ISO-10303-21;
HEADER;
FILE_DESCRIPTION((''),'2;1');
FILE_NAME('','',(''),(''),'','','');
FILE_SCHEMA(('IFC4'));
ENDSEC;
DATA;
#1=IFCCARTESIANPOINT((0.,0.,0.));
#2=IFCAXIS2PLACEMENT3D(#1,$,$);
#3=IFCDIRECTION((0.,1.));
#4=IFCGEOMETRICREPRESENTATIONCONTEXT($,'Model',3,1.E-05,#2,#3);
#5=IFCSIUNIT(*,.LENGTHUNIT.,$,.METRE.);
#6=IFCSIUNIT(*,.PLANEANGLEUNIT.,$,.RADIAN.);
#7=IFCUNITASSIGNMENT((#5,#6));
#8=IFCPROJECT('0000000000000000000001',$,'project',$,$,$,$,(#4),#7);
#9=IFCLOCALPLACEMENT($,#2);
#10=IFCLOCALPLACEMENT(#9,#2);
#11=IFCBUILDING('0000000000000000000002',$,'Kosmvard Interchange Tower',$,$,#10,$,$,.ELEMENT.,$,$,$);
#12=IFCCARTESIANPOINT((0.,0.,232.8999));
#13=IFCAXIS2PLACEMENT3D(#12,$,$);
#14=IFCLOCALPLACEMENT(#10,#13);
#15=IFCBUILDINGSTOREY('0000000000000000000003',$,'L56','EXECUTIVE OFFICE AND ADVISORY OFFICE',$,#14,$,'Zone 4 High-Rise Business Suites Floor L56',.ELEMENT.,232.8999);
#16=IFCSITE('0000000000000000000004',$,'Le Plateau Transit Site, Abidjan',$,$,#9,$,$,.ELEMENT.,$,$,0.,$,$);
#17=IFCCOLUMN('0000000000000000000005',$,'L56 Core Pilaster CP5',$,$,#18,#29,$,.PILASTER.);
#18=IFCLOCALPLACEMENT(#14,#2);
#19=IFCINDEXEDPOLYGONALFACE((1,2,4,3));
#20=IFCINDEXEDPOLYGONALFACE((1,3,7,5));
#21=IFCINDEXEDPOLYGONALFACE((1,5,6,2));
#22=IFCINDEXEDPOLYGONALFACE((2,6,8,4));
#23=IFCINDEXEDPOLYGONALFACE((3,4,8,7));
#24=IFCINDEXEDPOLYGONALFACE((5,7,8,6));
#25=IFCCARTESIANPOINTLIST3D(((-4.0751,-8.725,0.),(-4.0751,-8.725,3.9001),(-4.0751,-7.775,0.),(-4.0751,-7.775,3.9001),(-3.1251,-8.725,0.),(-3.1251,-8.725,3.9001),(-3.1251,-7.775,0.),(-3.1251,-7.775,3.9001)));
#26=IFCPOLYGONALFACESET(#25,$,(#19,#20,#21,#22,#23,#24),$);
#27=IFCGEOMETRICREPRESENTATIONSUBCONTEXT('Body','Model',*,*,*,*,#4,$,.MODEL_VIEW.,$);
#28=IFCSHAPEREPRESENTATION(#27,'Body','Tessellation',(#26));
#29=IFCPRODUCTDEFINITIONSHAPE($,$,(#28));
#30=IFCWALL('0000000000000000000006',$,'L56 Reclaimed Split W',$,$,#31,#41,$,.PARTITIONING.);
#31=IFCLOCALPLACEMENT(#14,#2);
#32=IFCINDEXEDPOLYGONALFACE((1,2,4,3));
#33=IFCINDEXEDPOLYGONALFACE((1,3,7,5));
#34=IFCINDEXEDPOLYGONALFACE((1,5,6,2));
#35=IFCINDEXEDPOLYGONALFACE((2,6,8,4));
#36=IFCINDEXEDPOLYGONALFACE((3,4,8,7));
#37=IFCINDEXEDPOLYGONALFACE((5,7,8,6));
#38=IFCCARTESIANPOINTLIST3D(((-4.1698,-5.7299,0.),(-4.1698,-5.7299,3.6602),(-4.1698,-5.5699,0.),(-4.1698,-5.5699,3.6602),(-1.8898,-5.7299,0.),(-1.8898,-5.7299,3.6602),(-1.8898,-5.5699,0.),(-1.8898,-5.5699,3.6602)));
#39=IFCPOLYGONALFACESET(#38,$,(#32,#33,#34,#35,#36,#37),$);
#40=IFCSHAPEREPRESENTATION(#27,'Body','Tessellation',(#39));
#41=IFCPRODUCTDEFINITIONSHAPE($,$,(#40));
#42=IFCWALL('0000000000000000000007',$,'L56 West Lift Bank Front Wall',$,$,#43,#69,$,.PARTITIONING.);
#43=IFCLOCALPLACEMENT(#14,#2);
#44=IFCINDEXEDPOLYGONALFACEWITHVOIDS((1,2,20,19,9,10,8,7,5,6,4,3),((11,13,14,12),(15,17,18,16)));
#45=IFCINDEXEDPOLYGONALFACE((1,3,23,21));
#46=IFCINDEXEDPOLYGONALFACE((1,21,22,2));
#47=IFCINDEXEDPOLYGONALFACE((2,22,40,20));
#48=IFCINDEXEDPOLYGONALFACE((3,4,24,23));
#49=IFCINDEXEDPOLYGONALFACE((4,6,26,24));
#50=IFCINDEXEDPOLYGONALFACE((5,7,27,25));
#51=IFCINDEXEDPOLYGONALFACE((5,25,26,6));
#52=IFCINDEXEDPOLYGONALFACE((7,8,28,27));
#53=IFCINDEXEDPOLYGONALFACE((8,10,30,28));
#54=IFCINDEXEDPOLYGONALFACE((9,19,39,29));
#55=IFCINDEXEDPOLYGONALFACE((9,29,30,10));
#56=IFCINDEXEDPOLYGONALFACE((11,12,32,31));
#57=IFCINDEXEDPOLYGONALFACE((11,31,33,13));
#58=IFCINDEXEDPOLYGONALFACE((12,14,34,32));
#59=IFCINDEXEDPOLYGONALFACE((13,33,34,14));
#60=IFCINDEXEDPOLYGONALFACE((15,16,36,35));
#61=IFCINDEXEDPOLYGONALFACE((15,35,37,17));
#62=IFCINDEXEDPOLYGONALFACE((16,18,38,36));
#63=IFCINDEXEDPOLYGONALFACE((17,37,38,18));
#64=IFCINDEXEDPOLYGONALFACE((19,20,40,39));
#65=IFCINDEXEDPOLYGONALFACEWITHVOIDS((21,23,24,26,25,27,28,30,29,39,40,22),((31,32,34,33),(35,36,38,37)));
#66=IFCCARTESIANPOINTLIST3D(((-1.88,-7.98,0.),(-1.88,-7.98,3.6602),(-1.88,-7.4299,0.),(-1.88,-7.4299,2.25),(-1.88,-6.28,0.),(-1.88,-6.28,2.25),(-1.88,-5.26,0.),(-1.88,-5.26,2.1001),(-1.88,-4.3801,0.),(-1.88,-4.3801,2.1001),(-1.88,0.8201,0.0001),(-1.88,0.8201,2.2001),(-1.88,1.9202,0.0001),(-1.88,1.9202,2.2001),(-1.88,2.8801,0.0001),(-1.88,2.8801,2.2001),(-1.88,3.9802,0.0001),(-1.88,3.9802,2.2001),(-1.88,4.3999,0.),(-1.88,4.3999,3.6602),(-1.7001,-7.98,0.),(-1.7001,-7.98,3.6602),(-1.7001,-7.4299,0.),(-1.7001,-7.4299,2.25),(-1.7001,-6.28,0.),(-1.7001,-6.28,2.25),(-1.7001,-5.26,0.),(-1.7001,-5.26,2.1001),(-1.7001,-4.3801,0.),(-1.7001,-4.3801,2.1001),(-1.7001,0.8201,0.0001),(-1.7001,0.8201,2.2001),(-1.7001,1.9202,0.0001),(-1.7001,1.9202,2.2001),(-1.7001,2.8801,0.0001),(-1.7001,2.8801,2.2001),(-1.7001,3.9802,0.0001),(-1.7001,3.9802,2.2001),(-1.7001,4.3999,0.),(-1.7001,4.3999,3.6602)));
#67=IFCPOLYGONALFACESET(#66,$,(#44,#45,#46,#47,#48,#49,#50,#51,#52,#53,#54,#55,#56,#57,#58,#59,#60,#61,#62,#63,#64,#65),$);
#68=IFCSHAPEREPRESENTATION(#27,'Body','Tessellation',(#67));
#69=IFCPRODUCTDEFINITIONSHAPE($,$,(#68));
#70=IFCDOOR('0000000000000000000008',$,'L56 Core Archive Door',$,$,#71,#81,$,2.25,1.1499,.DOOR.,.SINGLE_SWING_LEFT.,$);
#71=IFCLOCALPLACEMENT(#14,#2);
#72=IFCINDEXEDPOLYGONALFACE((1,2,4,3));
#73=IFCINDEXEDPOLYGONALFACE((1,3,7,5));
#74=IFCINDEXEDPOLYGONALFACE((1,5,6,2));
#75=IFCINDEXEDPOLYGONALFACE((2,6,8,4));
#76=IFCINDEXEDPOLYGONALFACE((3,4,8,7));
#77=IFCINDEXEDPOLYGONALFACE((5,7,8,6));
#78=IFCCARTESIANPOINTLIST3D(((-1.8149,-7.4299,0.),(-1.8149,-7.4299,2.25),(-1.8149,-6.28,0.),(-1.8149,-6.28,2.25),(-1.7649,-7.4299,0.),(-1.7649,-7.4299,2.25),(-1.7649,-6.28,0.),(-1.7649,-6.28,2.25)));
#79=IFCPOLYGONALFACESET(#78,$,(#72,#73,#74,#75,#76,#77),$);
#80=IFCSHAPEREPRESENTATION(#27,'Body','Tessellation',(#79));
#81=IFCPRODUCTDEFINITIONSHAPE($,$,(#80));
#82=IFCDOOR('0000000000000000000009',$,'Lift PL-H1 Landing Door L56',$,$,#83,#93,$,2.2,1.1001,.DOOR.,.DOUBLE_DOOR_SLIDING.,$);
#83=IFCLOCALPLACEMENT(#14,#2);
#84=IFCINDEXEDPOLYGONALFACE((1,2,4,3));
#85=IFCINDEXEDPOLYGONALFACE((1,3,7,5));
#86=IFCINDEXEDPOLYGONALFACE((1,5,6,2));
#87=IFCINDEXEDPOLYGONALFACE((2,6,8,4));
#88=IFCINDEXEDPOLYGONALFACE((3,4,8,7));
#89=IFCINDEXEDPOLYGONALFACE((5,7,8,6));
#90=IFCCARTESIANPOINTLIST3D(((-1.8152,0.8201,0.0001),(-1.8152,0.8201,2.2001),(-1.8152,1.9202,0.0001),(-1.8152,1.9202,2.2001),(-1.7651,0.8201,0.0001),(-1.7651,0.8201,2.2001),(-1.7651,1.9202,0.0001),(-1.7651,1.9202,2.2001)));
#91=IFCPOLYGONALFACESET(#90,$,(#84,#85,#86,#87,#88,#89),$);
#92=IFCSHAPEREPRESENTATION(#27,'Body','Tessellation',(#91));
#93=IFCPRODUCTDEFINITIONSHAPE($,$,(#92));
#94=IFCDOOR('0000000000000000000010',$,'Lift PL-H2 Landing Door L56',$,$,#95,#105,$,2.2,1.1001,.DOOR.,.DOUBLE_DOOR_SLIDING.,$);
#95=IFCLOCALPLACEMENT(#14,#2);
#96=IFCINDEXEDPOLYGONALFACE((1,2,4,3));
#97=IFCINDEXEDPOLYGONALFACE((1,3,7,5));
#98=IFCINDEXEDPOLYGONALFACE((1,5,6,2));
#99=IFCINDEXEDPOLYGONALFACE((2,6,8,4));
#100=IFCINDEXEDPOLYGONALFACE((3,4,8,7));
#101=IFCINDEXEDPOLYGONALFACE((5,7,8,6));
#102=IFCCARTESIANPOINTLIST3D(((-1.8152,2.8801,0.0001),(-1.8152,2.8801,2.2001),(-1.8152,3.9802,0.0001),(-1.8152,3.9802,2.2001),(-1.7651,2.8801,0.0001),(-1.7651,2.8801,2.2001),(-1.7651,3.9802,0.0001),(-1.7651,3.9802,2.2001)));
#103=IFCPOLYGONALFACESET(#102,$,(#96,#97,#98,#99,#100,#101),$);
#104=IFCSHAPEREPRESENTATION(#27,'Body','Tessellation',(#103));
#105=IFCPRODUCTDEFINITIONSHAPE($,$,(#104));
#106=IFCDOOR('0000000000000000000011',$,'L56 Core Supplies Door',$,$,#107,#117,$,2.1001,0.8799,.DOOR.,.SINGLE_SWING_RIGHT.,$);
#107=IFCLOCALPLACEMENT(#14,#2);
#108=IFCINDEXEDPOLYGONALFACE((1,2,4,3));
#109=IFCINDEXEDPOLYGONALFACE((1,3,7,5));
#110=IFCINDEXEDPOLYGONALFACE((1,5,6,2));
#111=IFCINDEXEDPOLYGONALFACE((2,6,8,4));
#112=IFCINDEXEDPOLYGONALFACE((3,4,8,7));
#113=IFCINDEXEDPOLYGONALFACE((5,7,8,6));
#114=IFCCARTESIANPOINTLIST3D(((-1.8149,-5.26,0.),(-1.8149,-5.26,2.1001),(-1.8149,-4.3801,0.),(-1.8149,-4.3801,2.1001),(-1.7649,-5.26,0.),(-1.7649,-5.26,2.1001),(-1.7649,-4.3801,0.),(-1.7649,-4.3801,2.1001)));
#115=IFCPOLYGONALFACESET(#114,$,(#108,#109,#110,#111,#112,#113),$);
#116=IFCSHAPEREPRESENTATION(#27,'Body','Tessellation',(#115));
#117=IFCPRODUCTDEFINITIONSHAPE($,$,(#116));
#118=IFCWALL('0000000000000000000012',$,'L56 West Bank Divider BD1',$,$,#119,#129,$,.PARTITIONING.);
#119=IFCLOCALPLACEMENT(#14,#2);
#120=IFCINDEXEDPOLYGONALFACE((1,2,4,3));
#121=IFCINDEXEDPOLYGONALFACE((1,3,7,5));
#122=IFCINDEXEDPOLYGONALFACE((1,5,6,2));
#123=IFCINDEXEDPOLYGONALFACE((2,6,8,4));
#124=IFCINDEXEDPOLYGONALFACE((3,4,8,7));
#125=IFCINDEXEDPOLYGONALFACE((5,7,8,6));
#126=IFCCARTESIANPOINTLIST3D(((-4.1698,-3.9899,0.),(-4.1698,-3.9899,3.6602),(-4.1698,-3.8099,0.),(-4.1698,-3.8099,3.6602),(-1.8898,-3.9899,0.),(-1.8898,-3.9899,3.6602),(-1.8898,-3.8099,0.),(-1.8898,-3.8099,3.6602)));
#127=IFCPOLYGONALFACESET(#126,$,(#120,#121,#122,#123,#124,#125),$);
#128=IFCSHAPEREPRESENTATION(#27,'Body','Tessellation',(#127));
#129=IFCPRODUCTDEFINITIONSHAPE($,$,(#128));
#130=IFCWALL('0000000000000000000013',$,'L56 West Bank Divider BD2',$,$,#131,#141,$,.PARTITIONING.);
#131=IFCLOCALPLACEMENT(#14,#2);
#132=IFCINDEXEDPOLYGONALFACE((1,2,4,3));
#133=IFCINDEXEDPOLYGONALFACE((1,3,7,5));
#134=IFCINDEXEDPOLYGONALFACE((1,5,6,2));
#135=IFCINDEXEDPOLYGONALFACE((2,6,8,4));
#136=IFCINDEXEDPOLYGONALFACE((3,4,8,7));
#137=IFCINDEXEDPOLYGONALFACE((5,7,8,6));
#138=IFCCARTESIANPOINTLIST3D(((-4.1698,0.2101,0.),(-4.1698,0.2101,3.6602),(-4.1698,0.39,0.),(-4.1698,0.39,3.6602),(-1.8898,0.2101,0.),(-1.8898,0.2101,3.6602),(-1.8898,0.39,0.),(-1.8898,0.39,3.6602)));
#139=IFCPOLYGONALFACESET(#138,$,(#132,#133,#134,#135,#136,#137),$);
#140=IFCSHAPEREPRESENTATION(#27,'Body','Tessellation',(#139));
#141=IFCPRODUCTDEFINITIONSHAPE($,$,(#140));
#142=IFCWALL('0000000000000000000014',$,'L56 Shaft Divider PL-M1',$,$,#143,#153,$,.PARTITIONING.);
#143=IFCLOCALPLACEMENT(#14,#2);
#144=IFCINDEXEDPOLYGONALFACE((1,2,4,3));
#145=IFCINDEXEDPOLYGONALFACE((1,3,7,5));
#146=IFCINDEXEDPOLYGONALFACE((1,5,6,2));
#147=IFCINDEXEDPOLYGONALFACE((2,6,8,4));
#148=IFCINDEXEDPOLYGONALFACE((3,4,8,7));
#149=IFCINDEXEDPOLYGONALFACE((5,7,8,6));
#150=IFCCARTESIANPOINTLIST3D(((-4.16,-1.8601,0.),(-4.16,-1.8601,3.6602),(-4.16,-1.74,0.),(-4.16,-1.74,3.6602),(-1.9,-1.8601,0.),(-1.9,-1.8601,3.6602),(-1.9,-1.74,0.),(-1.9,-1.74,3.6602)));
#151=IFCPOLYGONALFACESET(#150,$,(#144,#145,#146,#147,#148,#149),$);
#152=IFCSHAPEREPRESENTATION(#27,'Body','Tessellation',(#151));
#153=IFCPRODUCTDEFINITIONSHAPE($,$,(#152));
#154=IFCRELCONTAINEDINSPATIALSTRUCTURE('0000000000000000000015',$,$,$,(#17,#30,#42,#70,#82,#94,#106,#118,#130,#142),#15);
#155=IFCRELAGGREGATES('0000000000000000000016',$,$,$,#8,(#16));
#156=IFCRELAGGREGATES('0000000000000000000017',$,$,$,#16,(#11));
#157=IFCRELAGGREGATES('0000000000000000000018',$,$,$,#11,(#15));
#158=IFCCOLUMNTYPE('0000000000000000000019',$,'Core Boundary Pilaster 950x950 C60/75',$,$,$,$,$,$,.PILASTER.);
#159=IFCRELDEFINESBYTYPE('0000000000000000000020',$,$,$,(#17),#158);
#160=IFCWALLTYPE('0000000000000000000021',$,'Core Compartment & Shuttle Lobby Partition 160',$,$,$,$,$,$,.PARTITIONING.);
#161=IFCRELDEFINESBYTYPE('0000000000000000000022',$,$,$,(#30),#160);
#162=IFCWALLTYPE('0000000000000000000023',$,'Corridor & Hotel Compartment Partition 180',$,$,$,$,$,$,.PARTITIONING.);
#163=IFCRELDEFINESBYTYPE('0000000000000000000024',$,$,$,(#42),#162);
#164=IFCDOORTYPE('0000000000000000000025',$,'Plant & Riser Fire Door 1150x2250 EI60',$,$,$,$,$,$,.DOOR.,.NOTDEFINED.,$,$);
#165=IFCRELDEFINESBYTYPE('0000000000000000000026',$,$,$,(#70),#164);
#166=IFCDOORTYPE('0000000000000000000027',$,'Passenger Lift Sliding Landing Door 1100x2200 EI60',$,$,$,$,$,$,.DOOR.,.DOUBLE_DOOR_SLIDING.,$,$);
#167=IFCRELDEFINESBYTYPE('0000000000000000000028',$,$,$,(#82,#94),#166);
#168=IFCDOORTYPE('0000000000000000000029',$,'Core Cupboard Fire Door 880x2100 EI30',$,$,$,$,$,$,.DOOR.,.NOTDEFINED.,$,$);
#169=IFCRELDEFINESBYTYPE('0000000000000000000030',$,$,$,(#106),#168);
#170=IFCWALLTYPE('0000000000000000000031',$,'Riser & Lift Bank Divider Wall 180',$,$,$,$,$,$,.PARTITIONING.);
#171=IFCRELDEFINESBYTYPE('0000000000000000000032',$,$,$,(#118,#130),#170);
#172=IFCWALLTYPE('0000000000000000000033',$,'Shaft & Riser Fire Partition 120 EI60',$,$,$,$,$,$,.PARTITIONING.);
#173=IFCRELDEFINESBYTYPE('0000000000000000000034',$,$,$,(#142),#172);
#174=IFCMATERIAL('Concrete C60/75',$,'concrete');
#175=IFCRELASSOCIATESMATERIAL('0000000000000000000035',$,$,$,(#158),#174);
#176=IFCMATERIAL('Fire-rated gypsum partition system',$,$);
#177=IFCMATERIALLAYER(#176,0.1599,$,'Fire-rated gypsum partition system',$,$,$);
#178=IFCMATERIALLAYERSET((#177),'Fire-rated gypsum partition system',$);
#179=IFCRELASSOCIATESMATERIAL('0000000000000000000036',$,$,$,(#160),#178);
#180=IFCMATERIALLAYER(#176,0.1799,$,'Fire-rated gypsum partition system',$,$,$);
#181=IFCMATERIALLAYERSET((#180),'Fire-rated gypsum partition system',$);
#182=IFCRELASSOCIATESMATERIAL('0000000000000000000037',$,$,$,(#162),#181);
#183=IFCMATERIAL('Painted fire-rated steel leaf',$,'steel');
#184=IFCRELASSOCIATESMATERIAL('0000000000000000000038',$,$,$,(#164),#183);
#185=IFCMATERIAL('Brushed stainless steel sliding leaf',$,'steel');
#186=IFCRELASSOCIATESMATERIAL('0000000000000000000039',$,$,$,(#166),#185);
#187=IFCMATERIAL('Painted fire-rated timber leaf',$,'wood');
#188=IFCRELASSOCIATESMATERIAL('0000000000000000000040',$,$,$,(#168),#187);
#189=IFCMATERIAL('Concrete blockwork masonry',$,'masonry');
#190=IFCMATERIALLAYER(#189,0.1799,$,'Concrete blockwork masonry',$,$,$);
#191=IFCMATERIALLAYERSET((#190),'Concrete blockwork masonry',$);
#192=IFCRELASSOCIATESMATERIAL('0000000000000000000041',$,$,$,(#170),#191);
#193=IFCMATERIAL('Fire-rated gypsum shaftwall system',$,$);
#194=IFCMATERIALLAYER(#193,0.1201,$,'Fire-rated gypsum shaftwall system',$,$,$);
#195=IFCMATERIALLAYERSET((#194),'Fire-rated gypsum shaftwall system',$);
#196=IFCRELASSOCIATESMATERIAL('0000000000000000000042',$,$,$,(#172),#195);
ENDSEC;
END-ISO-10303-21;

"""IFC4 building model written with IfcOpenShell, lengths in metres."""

from ifc_helpers import new_model, si_unit, direction, frame, frame_2d, origin, origin_2d, place, context, subcontext, project, spatial, rectangle, extrude, source, transform, mapped, material, layer, layer_set, material_profile, profile_set, type_object, element, fill, save


model = new_model("IFC4")

# Units and contexts
model_context = context("Model", 3, precision=1e-05, world=origin(), true_north=direction((0.0, 1.0)))
body_context = subcontext(model_context, "Body", "Model", "MODEL_VIEW")
ifc_project = project(units=[si_unit("LENGTHUNIT", "METRE"), si_unit("PLANEANGLEUNIT", "RADIAN")], contexts=[model_context])

# Site, building, storey
site_placement = place(None, origin())
site = spatial("IfcSite", under=ifc_project, at=site_placement, Name="Le Plateau Transit Site, Abidjan", CompositionType="ELEMENT", RefElevation=0.0)
building_placement = place(site_placement, origin())
building = spatial("IfcBuilding", under=site, at=building_placement, Name="Kosmvard Interchange Tower", CompositionType="ELEMENT")
storey_placement = place(building_placement, frame((0.0, 0.0, 232.8999)))
storey = spatial("IfcBuildingStorey", under=building, at=storey_placement, Name="L56", Description="EXECUTIVE OFFICE AND ADVISORY OFFICE", LongName="Zone 4 High-Rise Business Suites Floor L56", CompositionType="ELEMENT", Elevation=232.8999)

# Column
ifc_material_1 = material(Name="Concrete C60/75", Category="concrete")
ifc_material_profile = material_profile(ifc_material_1, rectangle(XDim=0.95, YDim=0.95, at=origin_2d()), Name="CP 950x950")
ifc_profile_set = profile_set([ifc_material_profile], Name="Concrete C60/75")
column_type = type_object("IfcColumnType", Name="Core Boundary Pilaster 950x950 C60/75", PredefinedType="PILASTER", material=ifc_profile_set)
shared_shape_1 = source(origin(), body_context, "Body", "SweptSolid", [
    extrude(rectangle(XDim=0.95, YDim=0.95, at=origin_2d()), origin(), (0.0, 0.0, 1.0), 3.9001),
])
column_placement = place(storey_placement, frame((-3.6001, -8.25, 0.0), z_axis=(0.0, 0.0, 1.0), x_axis=(1.0, 0.0, 0.0)))
element("IfcColumn", 1, at=column_placement, inside=storey, type_object=column_type, Name="L56 Core Pilaster CP5", PredefinedType="PILASTER", context=body_context, shape_type="MappedRepresentation", body=[
    mapped(shared_shape_1, transform((0.0, 0.0, 0.0), scale=1.0)),
])

# Wall
ifc_material_2 = material(Name="Fire-rated gypsum partition system")
ifc_layer_1 = layer(ifc_material_2, 0.1599, Name="Fire-rated gypsum partition system")
ifc_layer_set_1 = layer_set([ifc_layer_1], Name="Fire-rated gypsum partition system")
wall_type_1 = type_object("IfcWallType", Name="Core Compartment & Shuttle Lobby Partition 160", PredefinedType="PARTITIONING", material=ifc_layer_set_1)
wall_1_placement = place(storey_placement, frame((-4.1699, -5.6499, 0.0), z_axis=(0.0, 0.0, 1.0), x_axis=(1.0, 0.0, 0.0)))
element("IfcWall", 2, at=wall_1_placement, inside=storey, type_object=wall_type_1, Name="L56 Reclaimed Split W", PredefinedType="PARTITIONING", context=body_context, shape_type="SweptSolid", body=[
    extrude(rectangle(XDim=2.28, YDim=0.1599, at=frame_2d((1.1401, 0.0))), origin(), (0.0, 0.0, 1.0), 3.6602),
])

# Wall, openings, doors
ifc_layer_2 = layer(ifc_material_2, 0.1799, Name="Fire-rated gypsum partition system")
ifc_layer_set_2 = layer_set([ifc_layer_2], Name="Fire-rated gypsum partition system")
wall_type_2 = type_object("IfcWallType", Name="Corridor & Hotel Compartment Partition 180", PredefinedType="PARTITIONING", material=ifc_layer_set_2)
wall_2_placement = place(storey_placement, frame((-1.79, -7.98, 0.0), z_axis=(0.0, 0.0, 1.0), x_axis=(0.0, 1.0, 0.0)))
wall_2 = element("IfcWall", 3, at=wall_2_placement, inside=storey, type_object=wall_type_2, Name="L56 West Lift Bank Front Wall", PredefinedType="PARTITIONING", context=body_context, shape_type="SweptSolid", body=[
    extrude(rectangle(XDim=12.3799, YDim=0.1799, at=frame_2d((6.1899, 0.0))), origin(), (0.0, 0.0, 1.0), 3.6602),
])
opening_1_placement = place(wall_2_placement, frame((8.8, 0.0, 0.0)))
opening_1 = element("IfcOpeningElement", 4, at=opening_1_placement, cuts=wall_2, PredefinedType="OPENING", context=body_context, shape_type="SweptSolid", body=[
    extrude(rectangle(XDim=1.1001, YDim=2.2, at=frame_2d((0.55, 1.1001))), frame((0.0, 0.1001, 0.0), z_axis=(0.0, -1.0, 0.0), x_axis=(1.0, 0.0, 0.0)), (0.0, 0.0, 1.0), 0.2),
])
opening_2_placement = place(wall_2_placement, frame((10.8601, 0.0, 0.0)))
opening_2 = element("IfcOpeningElement", 5, at=opening_2_placement, cuts=wall_2, PredefinedType="OPENING", context=body_context, shape_type="SweptSolid", body=[
    extrude(rectangle(XDim=1.1001, YDim=2.2, at=frame_2d((0.55, 1.1001))), frame((0.0, 0.1001, 0.0), z_axis=(0.0, -1.0, 0.0), x_axis=(1.0, 0.0, 0.0)), (0.0, 0.0, 1.0), 0.2),
])
opening_3_placement = place(wall_2_placement, frame((0.55, 0.0, 0.0)))
opening_3 = element("IfcOpeningElement", 6, at=opening_3_placement, cuts=wall_2, PredefinedType="OPENING", context=body_context, shape_type="SweptSolid", body=[
    extrude(rectangle(XDim=1.1499, YDim=2.25, at=frame_2d((0.575, 1.125))), frame((0.0, 0.1001, 0.0), z_axis=(0.0, -1.0, 0.0), x_axis=(1.0, 0.0, 0.0)), (0.0, 0.0, 1.0), 0.2),
])
opening_4_placement = place(wall_2_placement, frame((2.72, 0.0, 0.0)))
opening_4 = element("IfcOpeningElement", 7, at=opening_4_placement, cuts=wall_2, PredefinedType="OPENING", context=body_context, shape_type="SweptSolid", body=[
    extrude(rectangle(XDim=0.8799, YDim=2.1001, at=frame_2d((0.4399, 1.05))), frame((0.0, 0.1001, 0.0), z_axis=(0.0, -1.0, 0.0), x_axis=(1.0, 0.0, 0.0)), (0.0, 0.0, 1.0), 0.2),
])
ifc_material_3 = material(Name="Painted fire-rated steel leaf", Category="steel")
door_type_1 = type_object("IfcDoorType", Name="Plant & Riser Fire Door 1150x2250 EI60", OperationType="NOTDEFINED", PredefinedType="DOOR", material=ifc_material_3)
shared_shape_2 = source(origin(), body_context, "Body", "SweptSolid", [
    extrude(rectangle(XDim=1.1499, YDim=2.25, at=frame_2d((0.575, 1.125))), frame((0.0, 0.0249, 0.0), z_axis=(0.0, -1.0, 0.0), x_axis=(1.0, 0.0, 0.0)), (0.0, 0.0, 1.0), 0.05),
])
door_1_placement = place(opening_3_placement, origin())
door_1 = element("IfcDoor", 8, at=door_1_placement, inside=storey, type_object=door_type_1, Name="L56 Core Archive Door", OperationType="SINGLE_SWING_LEFT", OverallHeight=2.25, OverallWidth=1.1499, PredefinedType="DOOR", context=body_context, shape_type="MappedRepresentation", body=[
    mapped(shared_shape_2, transform((0.0, 0.0, 0.0), scale=1.0)),
])
fill(opening_3, door_1)
ifc_material_4 = material(Name="Brushed stainless steel sliding leaf", Category="steel")
door_type_2 = type_object("IfcDoorType", Name="Passenger Lift Sliding Landing Door 1100x2200 EI60", OperationType="DOUBLE_DOOR_SLIDING", PredefinedType="DOOR", material=ifc_material_4)
shared_shape_3 = source(origin(), body_context, "Body", "SweptSolid", [
    extrude(rectangle(XDim=1.1001, YDim=2.2, at=frame_2d((0.55, 1.1001))), frame((0.0, 0.0249, 0.0), z_axis=(0.0, -1.0, 0.0), x_axis=(1.0, 0.0, 0.0)), (0.0, 0.0, 1.0), 0.05),
])
door_2_placement = place(opening_1_placement, frame((1.1001, 0.0, 0.0), z_axis=(0.0, 0.0, 1.0), x_axis=(-1.0, 0.0, 0.0)))
door_2 = element("IfcDoor", 9, at=door_2_placement, inside=storey, type_object=door_type_2, Name="Lift PL-H1 Landing Door L56", OperationType="DOUBLE_DOOR_SLIDING", OverallHeight=2.2, OverallWidth=1.1001, PredefinedType="DOOR", context=body_context, shape_type="MappedRepresentation", body=[
    mapped(shared_shape_3, transform((0.0, 0.0, 0.0), scale=1.0)),
])
fill(opening_1, door_2)
door_3_placement = place(opening_2_placement, frame((1.1001, 0.0, 0.0), z_axis=(0.0, 0.0, 1.0), x_axis=(-1.0, 0.0, 0.0)))
door_3 = element("IfcDoor", 10, at=door_3_placement, inside=storey, type_object=door_type_2, Name="Lift PL-H2 Landing Door L56", OperationType="DOUBLE_DOOR_SLIDING", OverallHeight=2.2, OverallWidth=1.1001, PredefinedType="DOOR", context=body_context, shape_type="MappedRepresentation", body=[
    mapped(shared_shape_3, transform((0.0, 0.0, 0.0), scale=1.0)),
])
fill(opening_2, door_3)
ifc_material_5 = material(Name="Painted fire-rated timber leaf", Category="wood")
door_type_3 = type_object("IfcDoorType", Name="Core Cupboard Fire Door 880x2100 EI30", OperationType="NOTDEFINED", PredefinedType="DOOR", material=ifc_material_5)
shared_shape_4 = source(origin(), body_context, "Body", "SweptSolid", [
    extrude(rectangle(XDim=0.8799, YDim=2.1001, at=frame_2d((0.4399, 1.05))), frame((0.0, 0.0249, 0.0), z_axis=(0.0, -1.0, 0.0), x_axis=(1.0, 0.0, 0.0)), (0.0, 0.0, 1.0), 0.05),
])
door_4_placement = place(opening_4_placement, origin())
door_4 = element("IfcDoor", 11, at=door_4_placement, inside=storey, type_object=door_type_3, Name="L56 Core Supplies Door", OperationType="SINGLE_SWING_RIGHT", OverallHeight=2.1001, OverallWidth=0.8799, PredefinedType="DOOR", context=body_context, shape_type="MappedRepresentation", body=[
    mapped(shared_shape_4, transform((0.0, 0.0, 0.0), scale=1.0)),
])
fill(opening_4, door_4)

# Walls
ifc_material_6 = material(Name="Concrete blockwork masonry", Category="masonry")
ifc_layer_3 = layer(ifc_material_6, 0.1799, Name="Concrete blockwork masonry")
ifc_layer_set_3 = layer_set([ifc_layer_3], Name="Concrete blockwork masonry")
wall_type_3 = type_object("IfcWallType", Name="Riser & Lift Bank Divider Wall 180", PredefinedType="PARTITIONING", material=ifc_layer_set_3)
for number, where, z_axis, x_axis, name in (
    (12, (-4.1699, -3.8999, 0.0), (0.0, 0.0, 1.0), (1.0, 0.0, 0.0), "L56 West Bank Divider BD1"),
    (13, (-4.1699, 0.3, 0.0), (0.0, 0.0, 1.0), (1.0, 0.0, 0.0), "L56 West Bank Divider BD2"),
):
    element("IfcWall", number, at=place(storey_placement, frame(where, z_axis=z_axis, x_axis=x_axis)), inside=storey, type_object=wall_type_3, Name=name, PredefinedType="PARTITIONING", context=body_context, shape_type="SweptSolid", body=[
        extrude(rectangle(XDim=2.28, YDim=0.1799, at=frame_2d((1.1401, 0.0))), origin(), (0.0, 0.0, 1.0), 3.6602),
    ])
ifc_material_7 = material(Name="Fire-rated gypsum shaftwall system")
ifc_layer_4 = layer(ifc_material_7, 0.1201, Name="Fire-rated gypsum shaftwall system")
ifc_layer_set_4 = layer_set([ifc_layer_4], Name="Fire-rated gypsum shaftwall system")
wall_type_4 = type_object("IfcWallType", Name="Shaft & Riser Fire Partition 120 EI60", PredefinedType="PARTITIONING", material=ifc_layer_set_4)
wall_3_placement = place(storey_placement, frame((-4.1599, -1.8, 0.0), z_axis=(0.0, 0.0, 1.0), x_axis=(1.0, 0.0, 0.0)))
element("IfcWall", 14, at=wall_3_placement, inside=storey, type_object=wall_type_4, Name="L56 Shaft Divider PL-M1", PredefinedType="PARTITIONING", context=body_context, shape_type="SweptSolid", body=[
    extrude(rectangle(XDim=2.26, YDim=0.1201, at=frame_2d((1.1299, 0.0))), origin(), (0.0, 0.0, 1.0), 3.6602),
])

save(model, "model.ifc")
